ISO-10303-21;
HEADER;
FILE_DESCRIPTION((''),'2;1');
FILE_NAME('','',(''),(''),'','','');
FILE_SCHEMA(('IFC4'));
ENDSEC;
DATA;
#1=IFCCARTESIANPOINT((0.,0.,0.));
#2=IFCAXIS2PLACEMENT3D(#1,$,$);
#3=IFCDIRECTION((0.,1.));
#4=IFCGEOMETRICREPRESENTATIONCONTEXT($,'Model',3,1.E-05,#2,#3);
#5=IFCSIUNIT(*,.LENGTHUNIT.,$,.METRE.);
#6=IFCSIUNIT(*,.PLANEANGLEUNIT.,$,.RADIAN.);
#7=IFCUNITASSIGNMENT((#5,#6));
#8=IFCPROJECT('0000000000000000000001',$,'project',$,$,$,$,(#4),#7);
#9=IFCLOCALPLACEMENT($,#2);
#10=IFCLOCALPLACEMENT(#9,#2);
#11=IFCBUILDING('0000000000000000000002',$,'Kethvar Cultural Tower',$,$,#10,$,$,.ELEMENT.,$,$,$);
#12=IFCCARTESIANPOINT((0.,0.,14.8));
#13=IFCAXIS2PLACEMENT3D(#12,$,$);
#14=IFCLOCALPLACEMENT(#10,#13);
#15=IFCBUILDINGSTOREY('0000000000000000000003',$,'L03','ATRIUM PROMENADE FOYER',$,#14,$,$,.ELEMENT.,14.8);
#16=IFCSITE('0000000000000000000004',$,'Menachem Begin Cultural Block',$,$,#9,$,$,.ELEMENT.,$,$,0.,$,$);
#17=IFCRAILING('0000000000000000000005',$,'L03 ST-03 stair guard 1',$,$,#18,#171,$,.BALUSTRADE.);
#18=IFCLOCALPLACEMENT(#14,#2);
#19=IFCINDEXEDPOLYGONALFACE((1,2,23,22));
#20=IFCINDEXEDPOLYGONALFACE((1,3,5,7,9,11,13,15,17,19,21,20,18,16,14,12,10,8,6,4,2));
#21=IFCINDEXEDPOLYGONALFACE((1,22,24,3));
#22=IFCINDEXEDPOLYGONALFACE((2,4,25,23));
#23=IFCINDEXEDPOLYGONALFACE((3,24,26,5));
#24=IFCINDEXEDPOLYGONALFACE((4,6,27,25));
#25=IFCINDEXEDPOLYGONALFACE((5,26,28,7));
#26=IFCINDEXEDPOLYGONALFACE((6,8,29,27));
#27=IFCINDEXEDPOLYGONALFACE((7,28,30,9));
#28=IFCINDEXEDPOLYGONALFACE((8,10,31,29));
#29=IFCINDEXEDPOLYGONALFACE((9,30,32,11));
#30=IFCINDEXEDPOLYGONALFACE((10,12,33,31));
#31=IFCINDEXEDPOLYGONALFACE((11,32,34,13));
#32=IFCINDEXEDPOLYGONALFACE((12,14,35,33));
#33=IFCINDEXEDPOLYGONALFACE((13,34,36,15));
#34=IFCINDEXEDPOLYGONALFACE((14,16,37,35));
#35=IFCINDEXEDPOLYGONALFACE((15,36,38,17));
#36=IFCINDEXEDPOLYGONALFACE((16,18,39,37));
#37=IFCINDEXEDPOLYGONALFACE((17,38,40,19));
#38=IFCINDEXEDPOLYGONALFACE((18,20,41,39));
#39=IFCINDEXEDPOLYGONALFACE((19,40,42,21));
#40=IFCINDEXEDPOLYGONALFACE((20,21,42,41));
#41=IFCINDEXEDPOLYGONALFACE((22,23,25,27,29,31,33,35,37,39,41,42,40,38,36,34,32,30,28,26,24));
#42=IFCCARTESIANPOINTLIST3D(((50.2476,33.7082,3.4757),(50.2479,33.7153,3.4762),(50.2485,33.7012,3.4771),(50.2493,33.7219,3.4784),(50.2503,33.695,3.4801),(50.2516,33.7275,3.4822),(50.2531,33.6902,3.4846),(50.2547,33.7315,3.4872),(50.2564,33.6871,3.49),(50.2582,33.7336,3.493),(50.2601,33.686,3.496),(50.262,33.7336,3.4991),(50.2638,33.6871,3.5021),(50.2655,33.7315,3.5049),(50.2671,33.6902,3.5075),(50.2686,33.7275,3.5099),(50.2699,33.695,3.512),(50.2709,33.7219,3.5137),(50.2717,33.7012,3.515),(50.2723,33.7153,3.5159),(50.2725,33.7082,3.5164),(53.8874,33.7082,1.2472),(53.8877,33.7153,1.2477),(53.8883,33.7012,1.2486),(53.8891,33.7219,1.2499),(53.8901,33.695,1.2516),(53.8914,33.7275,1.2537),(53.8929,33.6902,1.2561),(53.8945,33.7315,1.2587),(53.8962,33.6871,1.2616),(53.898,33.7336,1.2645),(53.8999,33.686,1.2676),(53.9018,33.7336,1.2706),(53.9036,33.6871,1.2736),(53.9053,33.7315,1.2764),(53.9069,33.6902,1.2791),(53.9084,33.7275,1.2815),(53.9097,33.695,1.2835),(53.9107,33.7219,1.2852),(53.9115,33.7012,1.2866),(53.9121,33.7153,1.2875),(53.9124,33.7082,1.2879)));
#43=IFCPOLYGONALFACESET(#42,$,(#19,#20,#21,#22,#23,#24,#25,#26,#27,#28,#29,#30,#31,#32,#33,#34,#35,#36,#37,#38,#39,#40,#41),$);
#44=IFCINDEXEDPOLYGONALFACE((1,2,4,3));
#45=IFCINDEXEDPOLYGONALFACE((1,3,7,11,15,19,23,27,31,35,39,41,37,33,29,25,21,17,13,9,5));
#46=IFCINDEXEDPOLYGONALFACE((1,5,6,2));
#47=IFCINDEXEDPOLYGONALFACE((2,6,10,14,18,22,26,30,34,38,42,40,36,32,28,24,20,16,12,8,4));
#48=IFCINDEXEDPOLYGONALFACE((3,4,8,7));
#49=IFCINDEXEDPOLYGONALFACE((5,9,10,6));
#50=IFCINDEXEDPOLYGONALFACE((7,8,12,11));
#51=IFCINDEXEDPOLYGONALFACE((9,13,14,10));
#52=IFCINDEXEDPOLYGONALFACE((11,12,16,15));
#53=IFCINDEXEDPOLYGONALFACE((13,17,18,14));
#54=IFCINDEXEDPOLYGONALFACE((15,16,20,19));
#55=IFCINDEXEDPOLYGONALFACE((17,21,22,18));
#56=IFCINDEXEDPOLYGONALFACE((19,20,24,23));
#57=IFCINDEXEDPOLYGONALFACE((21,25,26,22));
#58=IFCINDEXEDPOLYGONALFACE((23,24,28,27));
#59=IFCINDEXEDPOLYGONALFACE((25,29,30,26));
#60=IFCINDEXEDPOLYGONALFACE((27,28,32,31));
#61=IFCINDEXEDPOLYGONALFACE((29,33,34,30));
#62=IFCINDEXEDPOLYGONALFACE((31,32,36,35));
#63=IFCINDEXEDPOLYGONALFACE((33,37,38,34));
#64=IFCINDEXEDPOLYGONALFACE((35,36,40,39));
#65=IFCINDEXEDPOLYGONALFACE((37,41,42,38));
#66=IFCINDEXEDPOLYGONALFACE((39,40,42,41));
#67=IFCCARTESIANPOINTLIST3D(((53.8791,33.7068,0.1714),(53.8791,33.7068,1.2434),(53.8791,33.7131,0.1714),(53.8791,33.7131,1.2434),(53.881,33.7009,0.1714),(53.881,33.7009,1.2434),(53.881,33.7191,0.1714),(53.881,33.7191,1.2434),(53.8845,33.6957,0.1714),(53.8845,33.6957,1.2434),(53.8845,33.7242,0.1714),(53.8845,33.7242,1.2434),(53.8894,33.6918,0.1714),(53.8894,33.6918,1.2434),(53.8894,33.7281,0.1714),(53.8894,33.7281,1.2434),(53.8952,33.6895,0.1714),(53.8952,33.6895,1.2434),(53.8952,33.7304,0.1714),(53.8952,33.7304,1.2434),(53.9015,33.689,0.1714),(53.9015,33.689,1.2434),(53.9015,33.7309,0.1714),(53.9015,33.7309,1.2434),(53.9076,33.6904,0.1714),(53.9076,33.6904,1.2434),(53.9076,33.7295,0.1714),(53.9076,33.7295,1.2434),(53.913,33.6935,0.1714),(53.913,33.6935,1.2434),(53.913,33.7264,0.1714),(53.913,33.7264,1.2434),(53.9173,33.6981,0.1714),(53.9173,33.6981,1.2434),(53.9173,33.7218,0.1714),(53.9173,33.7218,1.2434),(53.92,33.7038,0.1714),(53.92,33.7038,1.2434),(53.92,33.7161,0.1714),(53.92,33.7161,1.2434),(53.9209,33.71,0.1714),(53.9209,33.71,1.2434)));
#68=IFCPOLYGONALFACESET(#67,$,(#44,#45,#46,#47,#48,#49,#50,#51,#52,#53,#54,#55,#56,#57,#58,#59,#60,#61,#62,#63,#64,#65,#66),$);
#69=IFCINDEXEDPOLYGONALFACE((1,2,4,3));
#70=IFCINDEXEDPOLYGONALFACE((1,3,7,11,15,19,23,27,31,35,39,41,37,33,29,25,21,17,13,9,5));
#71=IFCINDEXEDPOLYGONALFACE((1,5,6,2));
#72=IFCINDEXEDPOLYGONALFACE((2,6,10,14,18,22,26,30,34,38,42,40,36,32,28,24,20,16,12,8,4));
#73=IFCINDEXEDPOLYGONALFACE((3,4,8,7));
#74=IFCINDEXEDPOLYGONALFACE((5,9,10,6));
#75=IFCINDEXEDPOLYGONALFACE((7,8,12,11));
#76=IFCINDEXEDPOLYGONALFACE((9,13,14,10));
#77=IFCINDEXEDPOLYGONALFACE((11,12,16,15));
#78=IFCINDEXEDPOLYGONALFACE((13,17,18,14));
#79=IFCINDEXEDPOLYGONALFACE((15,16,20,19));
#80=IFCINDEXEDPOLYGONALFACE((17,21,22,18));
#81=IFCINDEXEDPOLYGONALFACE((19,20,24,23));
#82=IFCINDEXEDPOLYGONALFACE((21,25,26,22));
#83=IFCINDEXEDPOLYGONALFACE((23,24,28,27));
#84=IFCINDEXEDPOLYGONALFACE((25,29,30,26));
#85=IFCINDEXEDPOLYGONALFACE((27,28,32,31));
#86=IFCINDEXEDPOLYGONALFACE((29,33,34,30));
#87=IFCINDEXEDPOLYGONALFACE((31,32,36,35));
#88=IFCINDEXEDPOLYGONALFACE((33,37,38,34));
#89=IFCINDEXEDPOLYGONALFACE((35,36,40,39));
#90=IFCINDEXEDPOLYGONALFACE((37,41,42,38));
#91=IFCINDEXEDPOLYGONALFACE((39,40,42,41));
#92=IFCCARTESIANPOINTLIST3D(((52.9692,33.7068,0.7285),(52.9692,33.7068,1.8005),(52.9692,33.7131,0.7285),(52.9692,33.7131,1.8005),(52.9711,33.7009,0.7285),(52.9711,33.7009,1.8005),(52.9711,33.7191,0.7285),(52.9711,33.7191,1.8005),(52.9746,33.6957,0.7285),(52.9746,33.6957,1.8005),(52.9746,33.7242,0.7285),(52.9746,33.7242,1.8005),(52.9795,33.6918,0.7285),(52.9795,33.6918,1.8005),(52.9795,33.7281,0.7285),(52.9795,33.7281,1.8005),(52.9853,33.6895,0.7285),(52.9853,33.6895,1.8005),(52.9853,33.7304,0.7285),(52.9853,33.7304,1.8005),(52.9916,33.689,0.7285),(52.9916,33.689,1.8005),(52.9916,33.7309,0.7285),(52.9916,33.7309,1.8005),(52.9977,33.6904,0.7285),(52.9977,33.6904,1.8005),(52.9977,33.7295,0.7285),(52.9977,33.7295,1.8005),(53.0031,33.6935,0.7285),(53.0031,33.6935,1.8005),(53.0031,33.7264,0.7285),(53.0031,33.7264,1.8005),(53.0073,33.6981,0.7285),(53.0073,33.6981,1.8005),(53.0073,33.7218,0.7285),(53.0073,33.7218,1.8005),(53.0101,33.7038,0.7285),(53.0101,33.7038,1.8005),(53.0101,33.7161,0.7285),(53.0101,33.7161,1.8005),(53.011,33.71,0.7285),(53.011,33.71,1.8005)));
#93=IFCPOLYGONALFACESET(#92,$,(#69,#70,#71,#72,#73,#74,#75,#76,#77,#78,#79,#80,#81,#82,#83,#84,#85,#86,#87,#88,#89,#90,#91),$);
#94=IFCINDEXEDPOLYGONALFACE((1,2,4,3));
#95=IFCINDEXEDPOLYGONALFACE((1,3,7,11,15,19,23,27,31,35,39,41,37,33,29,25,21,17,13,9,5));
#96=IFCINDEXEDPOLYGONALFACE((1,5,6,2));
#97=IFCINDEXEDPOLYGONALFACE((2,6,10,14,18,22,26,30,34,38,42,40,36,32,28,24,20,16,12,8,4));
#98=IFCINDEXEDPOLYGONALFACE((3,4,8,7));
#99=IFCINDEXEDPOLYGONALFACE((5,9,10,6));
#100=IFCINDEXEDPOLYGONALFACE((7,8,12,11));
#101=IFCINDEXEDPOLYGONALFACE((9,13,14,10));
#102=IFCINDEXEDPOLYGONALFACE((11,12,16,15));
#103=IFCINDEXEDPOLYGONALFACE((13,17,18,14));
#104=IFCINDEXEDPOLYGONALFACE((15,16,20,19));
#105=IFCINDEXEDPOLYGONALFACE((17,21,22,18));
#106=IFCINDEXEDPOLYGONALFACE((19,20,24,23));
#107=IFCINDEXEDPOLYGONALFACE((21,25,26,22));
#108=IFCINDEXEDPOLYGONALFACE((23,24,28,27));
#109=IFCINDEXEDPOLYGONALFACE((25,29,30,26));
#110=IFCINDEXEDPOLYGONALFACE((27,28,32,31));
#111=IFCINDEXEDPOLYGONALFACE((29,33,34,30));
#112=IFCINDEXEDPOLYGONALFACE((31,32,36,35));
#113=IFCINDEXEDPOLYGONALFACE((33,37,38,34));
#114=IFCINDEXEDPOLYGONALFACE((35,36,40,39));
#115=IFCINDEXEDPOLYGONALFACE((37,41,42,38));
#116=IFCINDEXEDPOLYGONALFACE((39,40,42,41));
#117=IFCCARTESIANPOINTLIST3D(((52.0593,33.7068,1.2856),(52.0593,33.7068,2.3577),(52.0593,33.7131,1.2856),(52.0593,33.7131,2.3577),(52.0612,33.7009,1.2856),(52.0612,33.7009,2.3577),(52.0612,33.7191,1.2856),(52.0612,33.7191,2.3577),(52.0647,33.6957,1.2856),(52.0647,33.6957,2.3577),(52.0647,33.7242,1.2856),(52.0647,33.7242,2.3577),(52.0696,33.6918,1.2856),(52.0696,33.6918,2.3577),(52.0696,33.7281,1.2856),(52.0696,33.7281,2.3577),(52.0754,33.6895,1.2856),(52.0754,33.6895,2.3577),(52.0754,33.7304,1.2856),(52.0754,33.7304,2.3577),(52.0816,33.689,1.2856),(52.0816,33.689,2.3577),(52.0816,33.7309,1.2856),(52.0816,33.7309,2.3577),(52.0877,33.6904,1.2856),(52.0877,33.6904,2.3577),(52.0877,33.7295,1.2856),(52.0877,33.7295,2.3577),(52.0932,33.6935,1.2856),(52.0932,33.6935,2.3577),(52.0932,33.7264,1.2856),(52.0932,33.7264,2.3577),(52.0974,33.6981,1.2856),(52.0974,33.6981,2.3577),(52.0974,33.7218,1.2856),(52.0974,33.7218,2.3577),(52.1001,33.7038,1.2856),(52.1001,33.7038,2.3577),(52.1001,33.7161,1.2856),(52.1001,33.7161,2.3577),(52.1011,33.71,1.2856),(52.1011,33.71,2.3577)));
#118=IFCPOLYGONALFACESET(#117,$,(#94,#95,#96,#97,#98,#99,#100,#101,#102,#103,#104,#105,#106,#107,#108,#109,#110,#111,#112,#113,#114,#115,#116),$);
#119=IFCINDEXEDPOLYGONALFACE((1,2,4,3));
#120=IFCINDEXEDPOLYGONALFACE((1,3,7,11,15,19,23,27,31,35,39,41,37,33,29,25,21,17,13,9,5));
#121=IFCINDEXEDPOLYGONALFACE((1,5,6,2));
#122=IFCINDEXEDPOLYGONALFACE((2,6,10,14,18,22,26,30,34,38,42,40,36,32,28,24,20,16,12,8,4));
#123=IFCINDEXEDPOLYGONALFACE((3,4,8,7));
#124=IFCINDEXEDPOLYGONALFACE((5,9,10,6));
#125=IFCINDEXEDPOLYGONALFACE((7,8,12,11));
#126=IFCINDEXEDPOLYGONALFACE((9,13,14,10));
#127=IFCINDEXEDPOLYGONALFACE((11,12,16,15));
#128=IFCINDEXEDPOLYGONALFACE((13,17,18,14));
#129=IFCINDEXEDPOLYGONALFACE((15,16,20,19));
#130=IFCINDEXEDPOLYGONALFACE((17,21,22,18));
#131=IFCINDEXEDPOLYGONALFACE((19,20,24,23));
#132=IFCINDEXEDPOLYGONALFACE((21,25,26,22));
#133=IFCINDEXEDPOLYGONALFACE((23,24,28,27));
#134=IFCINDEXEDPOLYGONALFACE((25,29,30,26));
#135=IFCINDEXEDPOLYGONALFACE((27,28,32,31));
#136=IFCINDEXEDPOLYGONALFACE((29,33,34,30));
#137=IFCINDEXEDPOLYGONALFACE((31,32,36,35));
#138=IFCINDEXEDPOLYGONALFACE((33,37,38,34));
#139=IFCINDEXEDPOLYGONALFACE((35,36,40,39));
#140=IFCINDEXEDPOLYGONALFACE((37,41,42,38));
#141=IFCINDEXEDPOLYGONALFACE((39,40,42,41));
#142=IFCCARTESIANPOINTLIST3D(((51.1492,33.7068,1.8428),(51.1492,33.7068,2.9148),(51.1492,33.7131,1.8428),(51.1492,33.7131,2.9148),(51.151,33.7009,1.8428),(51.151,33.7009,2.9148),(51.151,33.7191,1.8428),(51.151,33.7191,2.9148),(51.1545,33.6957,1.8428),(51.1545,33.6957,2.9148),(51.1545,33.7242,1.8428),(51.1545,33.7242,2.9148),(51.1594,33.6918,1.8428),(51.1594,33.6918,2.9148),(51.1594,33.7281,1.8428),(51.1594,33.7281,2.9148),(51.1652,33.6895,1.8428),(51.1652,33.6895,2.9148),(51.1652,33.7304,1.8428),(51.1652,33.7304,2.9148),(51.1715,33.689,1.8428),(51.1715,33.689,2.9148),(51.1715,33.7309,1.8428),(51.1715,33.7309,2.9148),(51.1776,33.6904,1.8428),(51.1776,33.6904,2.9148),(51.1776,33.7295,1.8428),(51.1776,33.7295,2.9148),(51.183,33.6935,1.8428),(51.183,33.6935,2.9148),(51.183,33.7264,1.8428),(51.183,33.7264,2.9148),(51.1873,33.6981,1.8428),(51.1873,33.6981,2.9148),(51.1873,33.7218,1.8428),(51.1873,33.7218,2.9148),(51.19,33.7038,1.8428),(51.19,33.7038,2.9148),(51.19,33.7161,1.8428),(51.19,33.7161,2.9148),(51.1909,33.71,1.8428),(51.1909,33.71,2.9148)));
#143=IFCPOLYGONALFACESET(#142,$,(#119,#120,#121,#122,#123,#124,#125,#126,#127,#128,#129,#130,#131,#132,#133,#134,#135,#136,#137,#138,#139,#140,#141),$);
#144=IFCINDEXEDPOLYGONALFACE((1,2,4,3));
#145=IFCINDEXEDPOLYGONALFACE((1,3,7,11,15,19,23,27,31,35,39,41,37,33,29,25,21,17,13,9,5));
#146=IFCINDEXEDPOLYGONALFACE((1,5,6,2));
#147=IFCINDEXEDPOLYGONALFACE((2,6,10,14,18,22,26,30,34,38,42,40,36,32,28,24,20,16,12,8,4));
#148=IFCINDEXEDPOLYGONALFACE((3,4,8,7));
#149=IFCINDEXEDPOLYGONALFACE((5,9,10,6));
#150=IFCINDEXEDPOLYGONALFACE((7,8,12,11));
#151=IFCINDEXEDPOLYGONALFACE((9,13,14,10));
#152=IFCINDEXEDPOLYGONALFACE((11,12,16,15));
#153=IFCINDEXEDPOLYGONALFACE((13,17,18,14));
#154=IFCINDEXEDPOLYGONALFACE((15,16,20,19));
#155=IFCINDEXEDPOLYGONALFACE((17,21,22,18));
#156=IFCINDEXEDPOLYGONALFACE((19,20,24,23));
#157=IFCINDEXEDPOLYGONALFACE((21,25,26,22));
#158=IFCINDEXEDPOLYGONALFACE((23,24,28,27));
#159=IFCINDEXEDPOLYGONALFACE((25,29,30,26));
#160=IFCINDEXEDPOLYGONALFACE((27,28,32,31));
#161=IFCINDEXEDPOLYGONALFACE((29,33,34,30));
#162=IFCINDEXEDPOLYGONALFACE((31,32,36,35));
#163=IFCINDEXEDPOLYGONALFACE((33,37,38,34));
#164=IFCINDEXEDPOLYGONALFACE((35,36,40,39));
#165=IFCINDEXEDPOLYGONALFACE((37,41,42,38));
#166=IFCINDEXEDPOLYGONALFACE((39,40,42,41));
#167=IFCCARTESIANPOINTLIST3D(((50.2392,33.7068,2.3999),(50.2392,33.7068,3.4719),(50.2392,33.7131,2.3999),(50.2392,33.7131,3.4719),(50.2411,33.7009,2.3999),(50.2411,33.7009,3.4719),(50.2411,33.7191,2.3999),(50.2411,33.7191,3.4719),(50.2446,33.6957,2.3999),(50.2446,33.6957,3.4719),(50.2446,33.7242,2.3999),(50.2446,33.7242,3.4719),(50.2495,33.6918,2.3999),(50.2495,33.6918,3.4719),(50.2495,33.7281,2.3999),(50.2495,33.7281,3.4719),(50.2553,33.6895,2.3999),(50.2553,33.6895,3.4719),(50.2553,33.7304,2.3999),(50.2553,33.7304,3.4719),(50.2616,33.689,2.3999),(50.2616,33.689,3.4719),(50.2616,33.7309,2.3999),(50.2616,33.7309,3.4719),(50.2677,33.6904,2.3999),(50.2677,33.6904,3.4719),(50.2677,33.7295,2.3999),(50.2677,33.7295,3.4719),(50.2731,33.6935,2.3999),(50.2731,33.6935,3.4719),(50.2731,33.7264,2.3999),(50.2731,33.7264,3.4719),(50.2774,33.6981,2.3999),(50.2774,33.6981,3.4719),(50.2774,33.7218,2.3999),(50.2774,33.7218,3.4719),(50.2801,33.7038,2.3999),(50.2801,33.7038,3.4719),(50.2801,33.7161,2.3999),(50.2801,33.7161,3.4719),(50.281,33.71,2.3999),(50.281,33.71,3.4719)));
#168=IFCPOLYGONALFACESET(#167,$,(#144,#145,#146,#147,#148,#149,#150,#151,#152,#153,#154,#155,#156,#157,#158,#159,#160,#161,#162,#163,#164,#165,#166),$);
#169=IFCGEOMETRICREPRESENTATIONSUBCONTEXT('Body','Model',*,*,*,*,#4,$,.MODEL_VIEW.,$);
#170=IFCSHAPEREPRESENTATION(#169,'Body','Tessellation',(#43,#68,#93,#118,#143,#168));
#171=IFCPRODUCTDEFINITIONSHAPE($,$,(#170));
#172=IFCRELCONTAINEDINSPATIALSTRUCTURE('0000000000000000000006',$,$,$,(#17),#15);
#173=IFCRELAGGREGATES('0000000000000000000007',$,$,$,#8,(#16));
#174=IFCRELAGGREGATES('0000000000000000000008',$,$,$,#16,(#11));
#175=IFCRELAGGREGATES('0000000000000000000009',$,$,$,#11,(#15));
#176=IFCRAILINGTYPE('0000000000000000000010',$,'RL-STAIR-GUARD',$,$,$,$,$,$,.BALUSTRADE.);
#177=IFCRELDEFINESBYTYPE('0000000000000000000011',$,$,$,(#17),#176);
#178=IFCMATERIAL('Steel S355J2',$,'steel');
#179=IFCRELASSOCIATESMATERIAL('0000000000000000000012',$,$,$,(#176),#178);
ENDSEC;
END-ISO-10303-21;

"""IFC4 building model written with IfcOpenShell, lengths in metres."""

from ifc_helpers import new_model, si_unit, direction, frame, origin, origin_2d, place, context, subcontext, project, spatial, circle, extrude, material, type_object, element, save


model = new_model("IFC4")

# Units and contexts
model_context = context("Model", 3, precision=1e-05, world=origin(), true_north=direction((0.0, 1.0)))
body_context = subcontext(model_context, "Body", "Model", "MODEL_VIEW")
ifc_project = project(units=[si_unit("LENGTHUNIT", "METRE"), si_unit("PLANEANGLEUNIT", "RADIAN")], contexts=[model_context])

# Site, building, storey
site_placement = place(None, origin())
site = spatial("IfcSite", under=ifc_project, at=site_placement, Name="Menachem Begin Cultural Block", CompositionType="ELEMENT", RefElevation=0.0)
building_placement = place(site_placement, origin())
building = spatial("IfcBuilding", under=site, at=building_placement, Name="Kethvar Cultural Tower", CompositionType="ELEMENT")
storey_placement = place(building_placement, frame((0.0, 0.0, 14.8)))
storey = spatial("IfcBuildingStorey", under=building, at=storey_placement, Name="L03", Description="ATRIUM PROMENADE FOYER", CompositionType="ELEMENT", Elevation=14.8)

# Shared definitions
ifc_material_1 = material(Name="Steel S355J2", Category="steel")

# Railing
railing_type_1 = type_object("IfcRailingType", Name="RL-STAIR-GUARD", PredefinedType="BALUSTRADE", material=ifc_material_1)
railing_1_placement = place(storey_placement, frame((53.8999, 33.71, 0.1714)))
element("IfcRailing", 1, at=railing_1_placement, inside=storey, type_object=railing_type_1, Name="L03 ST-03 stair guard 1", PredefinedType="BALUSTRADE", context=body_context, shape_type="SweptSolid", body=[
    extrude(circle(Radius=0.0239, at=origin_2d()), frame((0.0, 0.0, 1.0962), z_axis=(-0.85285, 0.0, 0.522156), x_axis=(0.0, -1.0, 0.0)), (0.0, 0.0, 1.0), 4.2678),
    extrude(circle(Radius=0.021, at=origin_2d()), origin(), (0.0, 0.0, 1.0), 1.072),
    extrude(circle(Radius=0.021, at=origin_2d()), frame((-0.9099, 0.0, 0.5571)), (0.0, 0.0, 1.0), 1.072),
    extrude(circle(Radius=0.021, at=origin_2d()), frame((-1.8198, 0.0, 1.1143)), (0.0, 0.0, 1.0), 1.072),
    extrude(circle(Radius=0.021, at=origin_2d()), frame((-2.73, 0.0, 1.6714)), (0.0, 0.0, 1.0), 1.072),
    extrude(circle(Radius=0.021, at=origin_2d()), frame((-3.6399, 0.0, 2.2285)), (0.0, 0.0, 1.0), 1.072),
])

save(model, "model.ifc")
